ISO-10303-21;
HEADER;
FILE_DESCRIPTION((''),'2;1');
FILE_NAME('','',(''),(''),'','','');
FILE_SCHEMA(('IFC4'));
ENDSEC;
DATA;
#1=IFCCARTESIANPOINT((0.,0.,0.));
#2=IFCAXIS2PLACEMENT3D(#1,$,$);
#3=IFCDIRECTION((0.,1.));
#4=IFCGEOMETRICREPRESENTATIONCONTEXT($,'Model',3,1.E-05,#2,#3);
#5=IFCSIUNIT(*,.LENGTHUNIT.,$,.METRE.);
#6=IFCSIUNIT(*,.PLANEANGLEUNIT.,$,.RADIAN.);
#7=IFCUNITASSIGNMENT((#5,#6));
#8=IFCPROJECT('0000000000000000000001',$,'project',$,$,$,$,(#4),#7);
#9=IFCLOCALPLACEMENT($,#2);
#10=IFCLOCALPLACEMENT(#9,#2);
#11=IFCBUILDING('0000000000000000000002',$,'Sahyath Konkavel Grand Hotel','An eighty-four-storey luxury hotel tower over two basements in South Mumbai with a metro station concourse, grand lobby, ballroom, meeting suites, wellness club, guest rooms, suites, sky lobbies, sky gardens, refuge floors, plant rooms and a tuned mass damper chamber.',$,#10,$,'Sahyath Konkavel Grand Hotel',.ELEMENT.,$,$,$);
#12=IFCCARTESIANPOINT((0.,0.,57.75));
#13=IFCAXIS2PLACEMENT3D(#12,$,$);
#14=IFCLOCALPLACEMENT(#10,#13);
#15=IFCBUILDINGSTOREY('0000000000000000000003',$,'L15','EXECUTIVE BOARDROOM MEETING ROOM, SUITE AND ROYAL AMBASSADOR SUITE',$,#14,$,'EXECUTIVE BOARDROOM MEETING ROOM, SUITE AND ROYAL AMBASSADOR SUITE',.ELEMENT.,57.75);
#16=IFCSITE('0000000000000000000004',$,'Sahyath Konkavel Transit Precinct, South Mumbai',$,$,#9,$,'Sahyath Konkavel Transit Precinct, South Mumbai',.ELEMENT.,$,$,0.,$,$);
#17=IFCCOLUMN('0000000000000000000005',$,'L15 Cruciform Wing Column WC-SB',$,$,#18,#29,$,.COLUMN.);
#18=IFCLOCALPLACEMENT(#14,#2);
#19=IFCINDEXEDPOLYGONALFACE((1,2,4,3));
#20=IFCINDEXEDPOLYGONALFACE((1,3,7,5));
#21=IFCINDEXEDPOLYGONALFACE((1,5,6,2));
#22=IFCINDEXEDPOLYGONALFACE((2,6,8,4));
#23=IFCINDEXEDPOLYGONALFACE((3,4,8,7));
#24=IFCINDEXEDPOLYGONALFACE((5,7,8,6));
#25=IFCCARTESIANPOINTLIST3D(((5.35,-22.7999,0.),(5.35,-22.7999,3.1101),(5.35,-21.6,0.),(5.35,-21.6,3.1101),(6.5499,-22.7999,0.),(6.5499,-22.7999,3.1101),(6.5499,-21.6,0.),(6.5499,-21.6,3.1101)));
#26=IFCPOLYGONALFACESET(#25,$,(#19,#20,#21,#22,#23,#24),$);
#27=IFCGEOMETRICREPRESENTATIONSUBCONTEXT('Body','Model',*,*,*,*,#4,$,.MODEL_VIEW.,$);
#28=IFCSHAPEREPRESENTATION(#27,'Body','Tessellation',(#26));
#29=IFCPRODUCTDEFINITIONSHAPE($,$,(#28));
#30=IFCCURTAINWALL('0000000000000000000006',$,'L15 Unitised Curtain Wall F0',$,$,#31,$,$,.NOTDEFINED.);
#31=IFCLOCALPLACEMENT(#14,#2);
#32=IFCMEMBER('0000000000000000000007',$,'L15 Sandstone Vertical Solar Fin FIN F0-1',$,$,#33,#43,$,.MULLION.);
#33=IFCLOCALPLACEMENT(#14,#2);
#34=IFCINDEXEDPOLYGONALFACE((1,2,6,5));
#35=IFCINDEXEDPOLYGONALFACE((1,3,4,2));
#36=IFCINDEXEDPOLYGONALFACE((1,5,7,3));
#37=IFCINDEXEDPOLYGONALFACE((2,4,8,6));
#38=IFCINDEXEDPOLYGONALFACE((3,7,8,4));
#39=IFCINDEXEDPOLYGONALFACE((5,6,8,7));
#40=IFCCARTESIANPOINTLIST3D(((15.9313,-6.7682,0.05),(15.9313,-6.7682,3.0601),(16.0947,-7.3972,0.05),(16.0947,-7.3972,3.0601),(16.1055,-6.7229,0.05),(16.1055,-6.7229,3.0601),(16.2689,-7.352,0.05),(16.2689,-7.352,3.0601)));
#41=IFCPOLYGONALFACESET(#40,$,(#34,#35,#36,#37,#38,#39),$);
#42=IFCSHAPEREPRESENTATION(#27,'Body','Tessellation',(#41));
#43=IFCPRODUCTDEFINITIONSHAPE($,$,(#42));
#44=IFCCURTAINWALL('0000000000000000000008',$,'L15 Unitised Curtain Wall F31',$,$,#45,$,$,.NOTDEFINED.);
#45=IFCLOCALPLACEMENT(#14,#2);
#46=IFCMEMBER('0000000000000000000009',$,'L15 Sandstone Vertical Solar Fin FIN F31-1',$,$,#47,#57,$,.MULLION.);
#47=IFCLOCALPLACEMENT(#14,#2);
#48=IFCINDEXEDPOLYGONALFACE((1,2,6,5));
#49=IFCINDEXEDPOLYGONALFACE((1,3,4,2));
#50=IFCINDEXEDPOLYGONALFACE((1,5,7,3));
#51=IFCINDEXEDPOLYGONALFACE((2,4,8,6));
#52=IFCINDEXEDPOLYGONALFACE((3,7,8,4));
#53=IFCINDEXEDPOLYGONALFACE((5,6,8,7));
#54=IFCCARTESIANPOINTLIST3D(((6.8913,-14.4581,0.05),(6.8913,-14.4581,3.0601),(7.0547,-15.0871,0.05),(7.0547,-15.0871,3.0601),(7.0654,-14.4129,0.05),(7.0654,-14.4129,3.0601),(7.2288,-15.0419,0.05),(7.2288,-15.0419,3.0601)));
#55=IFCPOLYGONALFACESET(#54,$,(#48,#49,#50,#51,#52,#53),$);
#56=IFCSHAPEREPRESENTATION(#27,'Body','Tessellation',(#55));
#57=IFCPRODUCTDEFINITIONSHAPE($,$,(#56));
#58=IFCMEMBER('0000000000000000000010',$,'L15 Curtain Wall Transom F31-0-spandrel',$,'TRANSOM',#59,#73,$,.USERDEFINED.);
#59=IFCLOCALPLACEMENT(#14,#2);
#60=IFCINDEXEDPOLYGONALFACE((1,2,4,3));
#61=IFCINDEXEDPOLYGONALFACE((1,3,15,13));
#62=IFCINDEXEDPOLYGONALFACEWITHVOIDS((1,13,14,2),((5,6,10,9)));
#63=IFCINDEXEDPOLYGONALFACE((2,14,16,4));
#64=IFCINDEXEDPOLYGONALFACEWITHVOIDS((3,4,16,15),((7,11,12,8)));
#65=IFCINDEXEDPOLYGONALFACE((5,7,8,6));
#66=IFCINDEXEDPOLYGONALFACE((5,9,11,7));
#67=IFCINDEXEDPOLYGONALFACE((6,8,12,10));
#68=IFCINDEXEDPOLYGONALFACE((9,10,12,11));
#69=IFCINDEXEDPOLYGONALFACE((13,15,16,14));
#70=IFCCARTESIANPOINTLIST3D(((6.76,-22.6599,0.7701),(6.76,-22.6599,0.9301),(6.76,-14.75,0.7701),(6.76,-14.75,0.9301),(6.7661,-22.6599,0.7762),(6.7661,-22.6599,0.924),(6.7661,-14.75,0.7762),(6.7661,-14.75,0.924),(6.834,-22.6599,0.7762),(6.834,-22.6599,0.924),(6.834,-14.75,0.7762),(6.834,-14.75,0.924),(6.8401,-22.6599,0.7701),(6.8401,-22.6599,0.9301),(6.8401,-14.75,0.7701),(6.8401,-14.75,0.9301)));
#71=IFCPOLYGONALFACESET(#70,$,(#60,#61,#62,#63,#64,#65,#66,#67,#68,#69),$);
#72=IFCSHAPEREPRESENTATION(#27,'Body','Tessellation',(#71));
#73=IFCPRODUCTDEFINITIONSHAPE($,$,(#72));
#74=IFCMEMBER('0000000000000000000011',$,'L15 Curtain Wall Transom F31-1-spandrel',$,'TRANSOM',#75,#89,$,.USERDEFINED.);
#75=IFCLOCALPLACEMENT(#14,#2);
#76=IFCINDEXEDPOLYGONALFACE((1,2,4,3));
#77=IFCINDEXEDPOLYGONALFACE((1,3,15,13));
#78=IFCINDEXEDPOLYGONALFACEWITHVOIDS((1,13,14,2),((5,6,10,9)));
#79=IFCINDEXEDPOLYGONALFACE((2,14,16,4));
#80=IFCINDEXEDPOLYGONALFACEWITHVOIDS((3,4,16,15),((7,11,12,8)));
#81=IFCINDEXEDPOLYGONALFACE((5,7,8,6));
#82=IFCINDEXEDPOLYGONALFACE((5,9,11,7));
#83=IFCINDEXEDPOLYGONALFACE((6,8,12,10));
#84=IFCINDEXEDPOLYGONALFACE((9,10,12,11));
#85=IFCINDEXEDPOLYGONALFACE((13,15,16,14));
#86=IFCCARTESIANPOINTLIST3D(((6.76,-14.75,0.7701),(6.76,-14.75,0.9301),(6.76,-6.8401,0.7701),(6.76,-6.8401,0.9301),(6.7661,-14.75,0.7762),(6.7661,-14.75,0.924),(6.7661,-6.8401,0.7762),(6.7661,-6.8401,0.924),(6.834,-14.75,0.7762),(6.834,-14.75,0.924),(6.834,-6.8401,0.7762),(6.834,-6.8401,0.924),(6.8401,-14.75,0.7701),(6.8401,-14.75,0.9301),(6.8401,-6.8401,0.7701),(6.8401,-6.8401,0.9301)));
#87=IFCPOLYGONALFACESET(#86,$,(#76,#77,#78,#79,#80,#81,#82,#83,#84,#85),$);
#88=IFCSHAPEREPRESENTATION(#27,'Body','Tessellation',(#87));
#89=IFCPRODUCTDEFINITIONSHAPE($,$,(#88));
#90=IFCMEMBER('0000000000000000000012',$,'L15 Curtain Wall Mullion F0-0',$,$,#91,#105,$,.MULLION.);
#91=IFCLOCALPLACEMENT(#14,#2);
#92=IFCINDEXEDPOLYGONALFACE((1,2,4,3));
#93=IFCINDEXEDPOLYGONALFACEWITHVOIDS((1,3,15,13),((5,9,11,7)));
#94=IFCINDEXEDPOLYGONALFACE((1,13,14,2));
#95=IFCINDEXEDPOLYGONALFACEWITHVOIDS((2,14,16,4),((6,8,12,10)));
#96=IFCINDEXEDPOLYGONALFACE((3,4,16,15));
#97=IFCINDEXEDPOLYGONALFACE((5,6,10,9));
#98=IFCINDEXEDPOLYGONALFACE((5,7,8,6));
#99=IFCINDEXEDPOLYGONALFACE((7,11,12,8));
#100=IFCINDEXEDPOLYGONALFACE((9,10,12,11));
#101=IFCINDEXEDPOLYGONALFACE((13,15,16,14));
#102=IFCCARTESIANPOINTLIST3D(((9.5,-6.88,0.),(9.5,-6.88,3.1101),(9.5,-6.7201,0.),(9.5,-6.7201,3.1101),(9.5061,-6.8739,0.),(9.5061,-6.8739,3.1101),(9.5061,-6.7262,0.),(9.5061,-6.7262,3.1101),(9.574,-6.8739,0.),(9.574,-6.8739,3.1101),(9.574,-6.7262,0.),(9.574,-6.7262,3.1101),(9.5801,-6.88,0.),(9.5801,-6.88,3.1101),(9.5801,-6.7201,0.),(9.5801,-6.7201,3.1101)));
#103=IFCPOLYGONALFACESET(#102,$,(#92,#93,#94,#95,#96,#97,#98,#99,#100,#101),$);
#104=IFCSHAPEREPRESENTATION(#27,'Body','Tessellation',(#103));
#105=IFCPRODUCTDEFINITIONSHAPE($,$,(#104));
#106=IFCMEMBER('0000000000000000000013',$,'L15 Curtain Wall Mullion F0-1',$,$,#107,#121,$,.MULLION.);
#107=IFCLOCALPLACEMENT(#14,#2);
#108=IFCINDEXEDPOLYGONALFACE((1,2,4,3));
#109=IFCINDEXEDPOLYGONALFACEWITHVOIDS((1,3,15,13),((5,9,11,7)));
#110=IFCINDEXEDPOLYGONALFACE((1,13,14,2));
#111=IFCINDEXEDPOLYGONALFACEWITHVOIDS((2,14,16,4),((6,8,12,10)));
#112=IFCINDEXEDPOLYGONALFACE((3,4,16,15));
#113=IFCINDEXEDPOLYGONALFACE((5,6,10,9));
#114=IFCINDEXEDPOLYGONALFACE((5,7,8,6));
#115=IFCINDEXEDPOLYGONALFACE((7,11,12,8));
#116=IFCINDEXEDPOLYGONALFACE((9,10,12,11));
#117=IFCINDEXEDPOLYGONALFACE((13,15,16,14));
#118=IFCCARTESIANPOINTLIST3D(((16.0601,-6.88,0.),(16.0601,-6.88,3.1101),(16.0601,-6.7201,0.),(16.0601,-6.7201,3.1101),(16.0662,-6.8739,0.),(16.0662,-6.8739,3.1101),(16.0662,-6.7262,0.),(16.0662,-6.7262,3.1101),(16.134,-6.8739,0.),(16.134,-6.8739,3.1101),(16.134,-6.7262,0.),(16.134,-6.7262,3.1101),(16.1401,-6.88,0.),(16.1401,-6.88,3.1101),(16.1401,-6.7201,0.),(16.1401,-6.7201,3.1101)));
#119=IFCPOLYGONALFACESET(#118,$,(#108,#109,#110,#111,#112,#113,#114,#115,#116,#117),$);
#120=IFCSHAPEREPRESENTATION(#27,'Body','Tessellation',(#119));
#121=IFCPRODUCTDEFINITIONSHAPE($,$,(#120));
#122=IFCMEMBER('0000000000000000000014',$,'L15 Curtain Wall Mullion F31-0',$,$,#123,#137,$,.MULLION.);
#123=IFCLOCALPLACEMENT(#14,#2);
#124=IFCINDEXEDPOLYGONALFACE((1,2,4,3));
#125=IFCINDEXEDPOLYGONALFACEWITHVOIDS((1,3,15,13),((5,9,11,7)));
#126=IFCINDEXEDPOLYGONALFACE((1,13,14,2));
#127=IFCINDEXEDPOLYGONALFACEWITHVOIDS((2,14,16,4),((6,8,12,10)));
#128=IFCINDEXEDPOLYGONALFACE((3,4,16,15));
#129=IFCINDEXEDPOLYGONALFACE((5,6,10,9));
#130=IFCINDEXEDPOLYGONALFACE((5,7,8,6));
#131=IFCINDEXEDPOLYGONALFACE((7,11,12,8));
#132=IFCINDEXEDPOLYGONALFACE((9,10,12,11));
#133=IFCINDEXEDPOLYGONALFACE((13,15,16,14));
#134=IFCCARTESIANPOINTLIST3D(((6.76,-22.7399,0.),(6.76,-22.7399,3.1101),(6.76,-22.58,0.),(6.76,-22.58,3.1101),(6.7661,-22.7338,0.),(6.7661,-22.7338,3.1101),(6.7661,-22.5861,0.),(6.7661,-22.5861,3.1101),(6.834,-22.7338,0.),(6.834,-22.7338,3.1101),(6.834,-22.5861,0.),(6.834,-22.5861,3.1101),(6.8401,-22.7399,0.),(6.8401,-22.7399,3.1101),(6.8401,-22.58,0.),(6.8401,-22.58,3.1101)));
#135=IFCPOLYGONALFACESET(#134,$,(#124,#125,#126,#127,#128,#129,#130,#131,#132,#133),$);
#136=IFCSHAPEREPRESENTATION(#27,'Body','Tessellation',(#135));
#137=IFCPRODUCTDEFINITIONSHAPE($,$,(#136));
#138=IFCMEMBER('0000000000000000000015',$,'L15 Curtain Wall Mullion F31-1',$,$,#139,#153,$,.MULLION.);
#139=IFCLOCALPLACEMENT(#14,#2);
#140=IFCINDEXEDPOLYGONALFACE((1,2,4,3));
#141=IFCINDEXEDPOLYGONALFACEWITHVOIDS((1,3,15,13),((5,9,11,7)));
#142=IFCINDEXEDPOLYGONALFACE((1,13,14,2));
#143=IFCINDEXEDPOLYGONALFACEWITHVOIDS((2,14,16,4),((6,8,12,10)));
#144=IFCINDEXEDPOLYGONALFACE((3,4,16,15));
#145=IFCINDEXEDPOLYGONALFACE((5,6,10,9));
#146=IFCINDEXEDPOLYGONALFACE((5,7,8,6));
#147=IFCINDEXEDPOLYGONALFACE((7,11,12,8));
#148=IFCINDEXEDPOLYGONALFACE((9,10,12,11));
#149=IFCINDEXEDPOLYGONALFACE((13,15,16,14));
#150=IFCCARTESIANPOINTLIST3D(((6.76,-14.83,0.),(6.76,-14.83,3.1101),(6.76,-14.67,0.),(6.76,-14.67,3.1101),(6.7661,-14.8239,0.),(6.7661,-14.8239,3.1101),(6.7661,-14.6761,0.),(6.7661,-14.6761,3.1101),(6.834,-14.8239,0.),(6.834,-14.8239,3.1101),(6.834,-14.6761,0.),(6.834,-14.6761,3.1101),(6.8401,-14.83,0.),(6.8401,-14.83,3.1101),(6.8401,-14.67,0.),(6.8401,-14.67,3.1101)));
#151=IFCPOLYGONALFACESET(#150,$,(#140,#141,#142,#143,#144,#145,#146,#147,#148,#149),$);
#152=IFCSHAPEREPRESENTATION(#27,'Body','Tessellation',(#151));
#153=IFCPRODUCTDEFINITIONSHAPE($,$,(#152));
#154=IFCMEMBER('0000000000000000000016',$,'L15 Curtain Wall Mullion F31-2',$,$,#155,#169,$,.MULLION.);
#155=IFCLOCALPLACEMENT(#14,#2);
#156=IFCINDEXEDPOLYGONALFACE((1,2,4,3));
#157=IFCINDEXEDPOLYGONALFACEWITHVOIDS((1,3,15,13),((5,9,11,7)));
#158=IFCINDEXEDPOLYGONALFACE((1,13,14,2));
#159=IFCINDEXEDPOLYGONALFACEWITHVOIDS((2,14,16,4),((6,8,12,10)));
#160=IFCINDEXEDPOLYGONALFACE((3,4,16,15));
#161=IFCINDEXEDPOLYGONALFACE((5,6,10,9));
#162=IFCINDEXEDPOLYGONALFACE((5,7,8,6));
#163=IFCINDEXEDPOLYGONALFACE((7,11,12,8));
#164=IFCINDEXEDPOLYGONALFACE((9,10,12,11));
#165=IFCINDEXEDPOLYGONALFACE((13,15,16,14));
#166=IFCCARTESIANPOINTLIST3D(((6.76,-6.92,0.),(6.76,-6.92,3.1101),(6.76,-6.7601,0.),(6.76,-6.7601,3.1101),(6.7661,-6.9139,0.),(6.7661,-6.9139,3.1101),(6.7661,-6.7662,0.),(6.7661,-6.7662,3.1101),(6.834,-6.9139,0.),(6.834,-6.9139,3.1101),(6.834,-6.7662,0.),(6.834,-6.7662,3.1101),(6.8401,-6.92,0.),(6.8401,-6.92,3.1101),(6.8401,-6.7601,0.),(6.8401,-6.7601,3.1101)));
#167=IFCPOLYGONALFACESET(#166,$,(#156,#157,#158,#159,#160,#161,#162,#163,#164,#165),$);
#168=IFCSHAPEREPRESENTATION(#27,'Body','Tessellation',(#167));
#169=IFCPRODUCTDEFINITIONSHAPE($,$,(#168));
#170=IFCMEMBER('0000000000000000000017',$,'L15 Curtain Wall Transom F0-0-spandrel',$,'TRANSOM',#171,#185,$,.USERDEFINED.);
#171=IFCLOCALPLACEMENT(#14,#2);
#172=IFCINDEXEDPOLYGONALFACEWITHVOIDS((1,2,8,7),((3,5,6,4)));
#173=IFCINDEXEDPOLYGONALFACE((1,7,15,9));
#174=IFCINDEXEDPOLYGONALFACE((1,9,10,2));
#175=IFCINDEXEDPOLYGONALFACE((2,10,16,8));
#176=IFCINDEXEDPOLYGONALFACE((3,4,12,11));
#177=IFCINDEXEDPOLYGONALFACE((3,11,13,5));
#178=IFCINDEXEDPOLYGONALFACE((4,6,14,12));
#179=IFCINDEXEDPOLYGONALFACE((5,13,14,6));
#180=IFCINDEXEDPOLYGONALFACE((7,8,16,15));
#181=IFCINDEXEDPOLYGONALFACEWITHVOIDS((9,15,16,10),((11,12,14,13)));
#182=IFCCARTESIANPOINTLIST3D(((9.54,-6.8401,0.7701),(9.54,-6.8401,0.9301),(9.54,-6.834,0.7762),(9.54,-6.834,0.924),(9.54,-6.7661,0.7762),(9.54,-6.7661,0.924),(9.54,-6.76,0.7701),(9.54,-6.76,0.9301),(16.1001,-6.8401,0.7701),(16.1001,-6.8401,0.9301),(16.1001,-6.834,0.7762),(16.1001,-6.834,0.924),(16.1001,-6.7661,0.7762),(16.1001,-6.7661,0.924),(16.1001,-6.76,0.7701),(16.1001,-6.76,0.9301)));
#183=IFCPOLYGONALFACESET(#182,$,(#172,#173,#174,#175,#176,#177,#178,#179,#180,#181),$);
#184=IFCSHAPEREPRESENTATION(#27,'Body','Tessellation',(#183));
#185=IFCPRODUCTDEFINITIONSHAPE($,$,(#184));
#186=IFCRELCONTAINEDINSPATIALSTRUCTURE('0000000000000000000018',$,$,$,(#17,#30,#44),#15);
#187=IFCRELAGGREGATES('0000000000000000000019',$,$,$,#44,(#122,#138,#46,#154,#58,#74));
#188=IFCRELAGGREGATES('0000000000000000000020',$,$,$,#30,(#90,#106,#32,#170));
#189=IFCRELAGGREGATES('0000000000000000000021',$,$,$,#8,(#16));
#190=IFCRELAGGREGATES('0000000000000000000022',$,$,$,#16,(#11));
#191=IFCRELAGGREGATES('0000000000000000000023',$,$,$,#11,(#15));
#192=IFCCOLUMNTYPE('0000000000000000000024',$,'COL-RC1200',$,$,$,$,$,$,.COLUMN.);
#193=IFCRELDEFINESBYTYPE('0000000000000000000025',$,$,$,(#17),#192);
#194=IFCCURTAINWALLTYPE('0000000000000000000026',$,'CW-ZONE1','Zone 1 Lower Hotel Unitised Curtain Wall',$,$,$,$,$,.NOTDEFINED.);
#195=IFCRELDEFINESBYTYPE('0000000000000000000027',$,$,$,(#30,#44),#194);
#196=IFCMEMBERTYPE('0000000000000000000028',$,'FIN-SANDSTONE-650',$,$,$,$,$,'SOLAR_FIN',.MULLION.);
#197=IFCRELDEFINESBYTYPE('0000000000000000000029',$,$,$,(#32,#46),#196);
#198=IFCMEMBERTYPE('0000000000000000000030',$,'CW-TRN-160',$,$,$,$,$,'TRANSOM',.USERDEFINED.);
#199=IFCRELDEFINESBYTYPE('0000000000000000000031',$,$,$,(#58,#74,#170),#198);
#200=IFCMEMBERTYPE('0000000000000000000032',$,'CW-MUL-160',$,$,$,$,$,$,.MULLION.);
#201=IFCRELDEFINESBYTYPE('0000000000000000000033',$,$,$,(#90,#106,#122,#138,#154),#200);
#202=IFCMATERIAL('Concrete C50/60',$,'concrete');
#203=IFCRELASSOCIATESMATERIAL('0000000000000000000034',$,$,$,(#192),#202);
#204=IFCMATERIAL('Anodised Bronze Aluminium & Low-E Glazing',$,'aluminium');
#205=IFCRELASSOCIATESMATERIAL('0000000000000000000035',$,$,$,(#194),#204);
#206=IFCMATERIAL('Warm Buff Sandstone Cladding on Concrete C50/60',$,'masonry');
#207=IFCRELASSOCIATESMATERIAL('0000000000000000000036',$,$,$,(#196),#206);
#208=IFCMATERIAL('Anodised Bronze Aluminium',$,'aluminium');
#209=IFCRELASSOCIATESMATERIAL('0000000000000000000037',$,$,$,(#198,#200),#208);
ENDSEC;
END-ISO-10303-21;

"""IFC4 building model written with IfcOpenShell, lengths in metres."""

from ifc_helpers import new_model, si_unit, direction, frame, origin, origin_2d, place, context, subcontext, project, spatial, rectangle, hollow_rectangle, extrude, source, transform, mapped, material, material_profile, profile_set, type_object, element, aggregate, save


model = new_model("IFC4")

# Units and contexts
model_context = context("Model", 3, precision=1e-05, world=origin(), true_north=direction((0.0, 1.0)))
body_context = subcontext(model_context, "Body", "Model", "MODEL_VIEW")
ifc_project = project(units=[si_unit("LENGTHUNIT", "METRE"), si_unit("PLANEANGLEUNIT", "RADIAN")], contexts=[model_context])

# Site, building, storey
site_placement = place(None, origin())
site = spatial("IfcSite", under=ifc_project, at=site_placement, Name="Sahyath Konkavel Transit Precinct, South Mumbai", LongName="Sahyath Konkavel Transit Precinct, South Mumbai", CompositionType="ELEMENT", RefElevation=0.0)
building_placement = place(site_placement, origin())
building = spatial("IfcBuilding", under=site, at=building_placement, Name="Sahyath Konkavel Grand Hotel", Description="An eighty-four-storey luxury hotel tower over two basements in South Mumbai with a metro station concourse, grand lobby, ballroom, meeting suites, wellness club, guest rooms, suites, sky lobbies, sky gardens, refuge floors, plant rooms and a tuned mass damper chamber.", LongName="Sahyath Konkavel Grand Hotel", CompositionType="ELEMENT")
storey_placement = place(building_placement, frame((0.0, 0.0, 57.75)))
storey = spatial("IfcBuildingStorey", under=building, at=storey_placement, Name="L15", Description="EXECUTIVE BOARDROOM MEETING ROOM, SUITE AND ROYAL AMBASSADOR SUITE", LongName="EXECUTIVE BOARDROOM MEETING ROOM, SUITE AND ROYAL AMBASSADOR SUITE", CompositionType="ELEMENT", Elevation=57.75)

# Column
ifc_material_1 = material(Name="Concrete C50/60", Category="concrete")
ifc_material_profile_1 = material_profile(ifc_material_1, rectangle(XDim=1.2, YDim=1.2, at=origin_2d()), Name="RC 1200x1200")
ifc_profile_set_1 = profile_set([ifc_material_profile_1], Name="Concrete C50/60")
column_type = type_object("IfcColumnType", Name="COL-RC1200", PredefinedType="COLUMN", material=ifc_profile_set_1)
shared_shape_1 = source(origin(), body_context, "Body", "SweptSolid", [
    extrude(rectangle(XDim=1.2, YDim=1.2, at=origin_2d()), origin(), (0.0, 0.0, 1.0), 3.1101),
])
column_placement = place(storey_placement, frame((5.95, -22.2, 0.0), z_axis=(0.0, 0.0, 1.0), x_axis=(1.0, 0.0, 0.0)))
element("IfcColumn", 1, at=column_placement, inside=storey, type_object=column_type, Name="L15 Cruciform Wing Column WC-SB", PredefinedType="COLUMN", context=body_context, shape_type="MappedRepresentation", body=[
    mapped(shared_shape_1, transform((0.0, 0.0, 0.0), scale=1.0)),
])

# Curtain wall, member
ifc_material_2 = material(Name="Anodised Bronze Aluminium & Low-E Glazing", Category="aluminium")
curtain_wall_type = type_object("IfcCurtainWallType", Name="CW-ZONE1", Description="Zone 1 Lower Hotel Unitised Curtain Wall", PredefinedType="NOTDEFINED", material=ifc_material_2)
curtain_wall_1_placement = place(storey_placement, origin())
curtain_wall_1 = element("IfcCurtainWall", 2, at=curtain_wall_1_placement, inside=storey, type_object=curtain_wall_type, Name="L15 Unitised Curtain Wall F0", PredefinedType="NOTDEFINED")
ifc_material_3 = material(Name="Warm Buff Sandstone Cladding on Concrete C50/60", Category="masonry")
ifc_material_profile_2 = material_profile(ifc_material_3, rectangle(XDim=0.1799, YDim=0.6499, at=origin_2d()), Name="FIN 180x650")
ifc_profile_set_2 = profile_set([ifc_material_profile_2], Name="Warm Buff Sandstone Cladding on Concrete C50/60")
member_type_1 = type_object("IfcMemberType", Name="FIN-SANDSTONE-650", ElementType="SOLAR_FIN", PredefinedType="MULLION", material=ifc_profile_set_2)
shared_shape_2 = source(origin(), body_context, "Body", "SweptSolid", [
    extrude(rectangle(XDim=0.1799, YDim=0.6499, at=origin_2d()), origin(), (0.0, 0.0, 1.0), 3.01),
])
member_1_placement = place(storey_placement, frame((16.1001, -7.0601, 0.05), z_axis=(0.0, 0.0, 1.0), x_axis=(0.967885, 0.251394, 0.0)))
member_1 = element("IfcMember", 3, at=member_1_placement, type_object=member_type_1, Name="L15 Sandstone Vertical Solar Fin FIN F0-1", PredefinedType="MULLION", context=body_context, shape_type="MappedRepresentation", body=[
    mapped(shared_shape_2, transform((0.0, 0.0, 0.0), scale=1.0)),
])

# Curtain wall, members
curtain_wall_2_placement = place(storey_placement, origin())
curtain_wall_2 = element("IfcCurtainWall", 4, at=curtain_wall_2_placement, inside=storey, type_object=curtain_wall_type, Name="L15 Unitised Curtain Wall F31", PredefinedType="NOTDEFINED")
member_2_placement = place(storey_placement, frame((7.0601, -14.75, 0.05), z_axis=(0.0, 0.0, 1.0), x_axis=(0.967885, 0.251394, 0.0)))
member_2 = element("IfcMember", 5, at=member_2_placement, type_object=member_type_1, Name="L15 Sandstone Vertical Solar Fin FIN F31-1", PredefinedType="MULLION", context=body_context, shape_type="MappedRepresentation", body=[
    mapped(shared_shape_2, transform((0.0, 0.0, 0.0), scale=1.0)),
])
ifc_material_4 = material(Name="Anodised Bronze Aluminium", Category="aluminium")
ifc_material_profile_3 = material_profile(ifc_material_4, hollow_rectangle(XDim=0.0801, YDim=0.1599, WallThickness=0.0061, at=origin_2d()), Name="RHS 160x80x6")
ifc_profile_set_3 = profile_set([ifc_material_profile_3], Name="Anodised Bronze Aluminium")
member_type_2 = type_object("IfcMemberType", Name="CW-TRN-160", ElementType="TRANSOM", PredefinedType="USERDEFINED", material=ifc_profile_set_3)
shared_shape_3 = source(origin(), body_context, "Body", "SweptSolid", [
    extrude(hollow_rectangle(XDim=0.0801, YDim=0.1599, WallThickness=0.0061, at=origin_2d()), origin(), (0.0, 0.0, 1.0), 7.9099),
])
member_3_placement = place(storey_placement, frame((6.8, -22.6599, 0.8501), z_axis=(0.0, 1.0, 0.0), x_axis=(-1.0, 0.0, 0.0)))
member_3 = element("IfcMember", 6, at=member_3_placement, type_object=member_type_2, Name="L15 Curtain Wall Transom F31-0-spandrel", ObjectType="TRANSOM", PredefinedType="USERDEFINED", context=body_context, shape_type="MappedRepresentation", body=[
    mapped(shared_shape_3, transform((0.0, 0.0, 0.0), scale=1.0)),
])
member_4_placement = place(storey_placement, frame((6.8, -14.75, 0.8501), z_axis=(0.0, 1.0, 0.0), x_axis=(-1.0, 0.0, 0.0)))
member_4 = element("IfcMember", 7, at=member_4_placement, type_object=member_type_2, Name="L15 Curtain Wall Transom F31-1-spandrel", ObjectType="TRANSOM", PredefinedType="USERDEFINED", context=body_context, shape_type="MappedRepresentation", body=[
    mapped(shared_shape_3, transform((0.0, 0.0, 0.0), scale=1.0)),
])

# Members
ifc_material_profile_4 = material_profile(ifc_material_4, hollow_rectangle(XDim=0.0801, YDim=0.1599, WallThickness=0.0061, at=origin_2d()), Name="RHS 160x80x6")
ifc_profile_set_4 = profile_set([ifc_material_profile_4], Name="Anodised Bronze Aluminium")
member_type_3 = type_object("IfcMemberType", Name="CW-MUL-160", PredefinedType="MULLION", material=ifc_profile_set_4)
shared_shape_4 = source(origin(), body_context, "Body", "SweptSolid", [
    extrude(hollow_rectangle(XDim=0.0801, YDim=0.1599, WallThickness=0.0061, at=origin_2d()), origin(), (0.0, 0.0, 1.0), 3.1101),
])
member_5_placement = place(storey_placement, frame((9.54, -6.8, 0.0), z_axis=(0.0, 0.0, 1.0), x_axis=(1.0, 0.0, 0.0)))
member_5 = element("IfcMember", 8, at=member_5_placement, type_object=member_type_3, Name="L15 Curtain Wall Mullion F0-0", PredefinedType="MULLION", context=body_context, shape_type="MappedRepresentation", body=[
    mapped(shared_shape_4, transform((0.0, 0.0, 0.0), scale=1.0)),
])
member_6_placement = place(storey_placement, frame((16.1001, -6.8, 0.0), z_axis=(0.0, 0.0, 1.0), x_axis=(1.0, 0.0, 0.0)))
member_6 = element("IfcMember", 9, at=member_6_placement, type_object=member_type_3, Name="L15 Curtain Wall Mullion F0-1", PredefinedType="MULLION", context=body_context, shape_type="MappedRepresentation", body=[
    mapped(shared_shape_4, transform((0.0, 0.0, 0.0), scale=1.0)),
])
member_7_placement = place(storey_placement, frame((6.8, -22.6599, 0.0), z_axis=(0.0, 0.0, 1.0), x_axis=(1.0, 0.0, 0.0)))
member_7 = element("IfcMember", 10, at=member_7_placement, type_object=member_type_3, Name="L15 Curtain Wall Mullion F31-0", PredefinedType="MULLION", context=body_context, shape_type="MappedRepresentation", body=[
    mapped(shared_shape_4, transform((0.0, 0.0, 0.0), scale=1.0)),
])
member_8_placement = place(storey_placement, frame((6.8, -14.75, 0.0), z_axis=(0.0, 0.0, 1.0), x_axis=(1.0, 0.0, 0.0)))
member_8 = element("IfcMember", 11, at=member_8_placement, type_object=member_type_3, Name="L15 Curtain Wall Mullion F31-1", PredefinedType="MULLION", context=body_context, shape_type="MappedRepresentation", body=[
    mapped(shared_shape_4, transform((0.0, 0.0, 0.0), scale=1.0)),
])
member_9_placement = place(storey_placement, frame((6.8, -6.8401, 0.0), z_axis=(0.0, 0.0, 1.0), x_axis=(1.0, 0.0, 0.0)))
member_9 = element("IfcMember", 12, at=member_9_placement, type_object=member_type_3, Name="L15 Curtain Wall Mullion F31-2", PredefinedType="MULLION", context=body_context, shape_type="MappedRepresentation", body=[
    mapped(shared_shape_4, transform((0.0, 0.0, 0.0), scale=1.0)),
])
shared_shape_5 = source(origin(), body_context, "Body", "SweptSolid", [
    extrude(hollow_rectangle(XDim=0.0801, YDim=0.1599, WallThickness=0.0061, at=origin_2d()), origin(), (0.0, 0.0, 1.0), 6.5601),
])
member_10_placement = place(storey_placement, frame((9.54, -6.8, 0.8501), z_axis=(1.0, 0.0, 0.0), x_axis=(0.0, 1.0, 0.0)))
member_10 = element("IfcMember", 13, at=member_10_placement, type_object=member_type_2, Name="L15 Curtain Wall Transom F0-0-spandrel", ObjectType="TRANSOM", PredefinedType="USERDEFINED", context=body_context, shape_type="MappedRepresentation", body=[
    mapped(shared_shape_5, transform((0.0, 0.0, 0.0), scale=1.0)),
])

aggregate(curtain_wall_2, [member_7, member_8, member_2, member_9, member_3, member_4])
aggregate(curtain_wall_1, [member_5, member_6, member_1, member_10])

save(model, "model.ifc")
